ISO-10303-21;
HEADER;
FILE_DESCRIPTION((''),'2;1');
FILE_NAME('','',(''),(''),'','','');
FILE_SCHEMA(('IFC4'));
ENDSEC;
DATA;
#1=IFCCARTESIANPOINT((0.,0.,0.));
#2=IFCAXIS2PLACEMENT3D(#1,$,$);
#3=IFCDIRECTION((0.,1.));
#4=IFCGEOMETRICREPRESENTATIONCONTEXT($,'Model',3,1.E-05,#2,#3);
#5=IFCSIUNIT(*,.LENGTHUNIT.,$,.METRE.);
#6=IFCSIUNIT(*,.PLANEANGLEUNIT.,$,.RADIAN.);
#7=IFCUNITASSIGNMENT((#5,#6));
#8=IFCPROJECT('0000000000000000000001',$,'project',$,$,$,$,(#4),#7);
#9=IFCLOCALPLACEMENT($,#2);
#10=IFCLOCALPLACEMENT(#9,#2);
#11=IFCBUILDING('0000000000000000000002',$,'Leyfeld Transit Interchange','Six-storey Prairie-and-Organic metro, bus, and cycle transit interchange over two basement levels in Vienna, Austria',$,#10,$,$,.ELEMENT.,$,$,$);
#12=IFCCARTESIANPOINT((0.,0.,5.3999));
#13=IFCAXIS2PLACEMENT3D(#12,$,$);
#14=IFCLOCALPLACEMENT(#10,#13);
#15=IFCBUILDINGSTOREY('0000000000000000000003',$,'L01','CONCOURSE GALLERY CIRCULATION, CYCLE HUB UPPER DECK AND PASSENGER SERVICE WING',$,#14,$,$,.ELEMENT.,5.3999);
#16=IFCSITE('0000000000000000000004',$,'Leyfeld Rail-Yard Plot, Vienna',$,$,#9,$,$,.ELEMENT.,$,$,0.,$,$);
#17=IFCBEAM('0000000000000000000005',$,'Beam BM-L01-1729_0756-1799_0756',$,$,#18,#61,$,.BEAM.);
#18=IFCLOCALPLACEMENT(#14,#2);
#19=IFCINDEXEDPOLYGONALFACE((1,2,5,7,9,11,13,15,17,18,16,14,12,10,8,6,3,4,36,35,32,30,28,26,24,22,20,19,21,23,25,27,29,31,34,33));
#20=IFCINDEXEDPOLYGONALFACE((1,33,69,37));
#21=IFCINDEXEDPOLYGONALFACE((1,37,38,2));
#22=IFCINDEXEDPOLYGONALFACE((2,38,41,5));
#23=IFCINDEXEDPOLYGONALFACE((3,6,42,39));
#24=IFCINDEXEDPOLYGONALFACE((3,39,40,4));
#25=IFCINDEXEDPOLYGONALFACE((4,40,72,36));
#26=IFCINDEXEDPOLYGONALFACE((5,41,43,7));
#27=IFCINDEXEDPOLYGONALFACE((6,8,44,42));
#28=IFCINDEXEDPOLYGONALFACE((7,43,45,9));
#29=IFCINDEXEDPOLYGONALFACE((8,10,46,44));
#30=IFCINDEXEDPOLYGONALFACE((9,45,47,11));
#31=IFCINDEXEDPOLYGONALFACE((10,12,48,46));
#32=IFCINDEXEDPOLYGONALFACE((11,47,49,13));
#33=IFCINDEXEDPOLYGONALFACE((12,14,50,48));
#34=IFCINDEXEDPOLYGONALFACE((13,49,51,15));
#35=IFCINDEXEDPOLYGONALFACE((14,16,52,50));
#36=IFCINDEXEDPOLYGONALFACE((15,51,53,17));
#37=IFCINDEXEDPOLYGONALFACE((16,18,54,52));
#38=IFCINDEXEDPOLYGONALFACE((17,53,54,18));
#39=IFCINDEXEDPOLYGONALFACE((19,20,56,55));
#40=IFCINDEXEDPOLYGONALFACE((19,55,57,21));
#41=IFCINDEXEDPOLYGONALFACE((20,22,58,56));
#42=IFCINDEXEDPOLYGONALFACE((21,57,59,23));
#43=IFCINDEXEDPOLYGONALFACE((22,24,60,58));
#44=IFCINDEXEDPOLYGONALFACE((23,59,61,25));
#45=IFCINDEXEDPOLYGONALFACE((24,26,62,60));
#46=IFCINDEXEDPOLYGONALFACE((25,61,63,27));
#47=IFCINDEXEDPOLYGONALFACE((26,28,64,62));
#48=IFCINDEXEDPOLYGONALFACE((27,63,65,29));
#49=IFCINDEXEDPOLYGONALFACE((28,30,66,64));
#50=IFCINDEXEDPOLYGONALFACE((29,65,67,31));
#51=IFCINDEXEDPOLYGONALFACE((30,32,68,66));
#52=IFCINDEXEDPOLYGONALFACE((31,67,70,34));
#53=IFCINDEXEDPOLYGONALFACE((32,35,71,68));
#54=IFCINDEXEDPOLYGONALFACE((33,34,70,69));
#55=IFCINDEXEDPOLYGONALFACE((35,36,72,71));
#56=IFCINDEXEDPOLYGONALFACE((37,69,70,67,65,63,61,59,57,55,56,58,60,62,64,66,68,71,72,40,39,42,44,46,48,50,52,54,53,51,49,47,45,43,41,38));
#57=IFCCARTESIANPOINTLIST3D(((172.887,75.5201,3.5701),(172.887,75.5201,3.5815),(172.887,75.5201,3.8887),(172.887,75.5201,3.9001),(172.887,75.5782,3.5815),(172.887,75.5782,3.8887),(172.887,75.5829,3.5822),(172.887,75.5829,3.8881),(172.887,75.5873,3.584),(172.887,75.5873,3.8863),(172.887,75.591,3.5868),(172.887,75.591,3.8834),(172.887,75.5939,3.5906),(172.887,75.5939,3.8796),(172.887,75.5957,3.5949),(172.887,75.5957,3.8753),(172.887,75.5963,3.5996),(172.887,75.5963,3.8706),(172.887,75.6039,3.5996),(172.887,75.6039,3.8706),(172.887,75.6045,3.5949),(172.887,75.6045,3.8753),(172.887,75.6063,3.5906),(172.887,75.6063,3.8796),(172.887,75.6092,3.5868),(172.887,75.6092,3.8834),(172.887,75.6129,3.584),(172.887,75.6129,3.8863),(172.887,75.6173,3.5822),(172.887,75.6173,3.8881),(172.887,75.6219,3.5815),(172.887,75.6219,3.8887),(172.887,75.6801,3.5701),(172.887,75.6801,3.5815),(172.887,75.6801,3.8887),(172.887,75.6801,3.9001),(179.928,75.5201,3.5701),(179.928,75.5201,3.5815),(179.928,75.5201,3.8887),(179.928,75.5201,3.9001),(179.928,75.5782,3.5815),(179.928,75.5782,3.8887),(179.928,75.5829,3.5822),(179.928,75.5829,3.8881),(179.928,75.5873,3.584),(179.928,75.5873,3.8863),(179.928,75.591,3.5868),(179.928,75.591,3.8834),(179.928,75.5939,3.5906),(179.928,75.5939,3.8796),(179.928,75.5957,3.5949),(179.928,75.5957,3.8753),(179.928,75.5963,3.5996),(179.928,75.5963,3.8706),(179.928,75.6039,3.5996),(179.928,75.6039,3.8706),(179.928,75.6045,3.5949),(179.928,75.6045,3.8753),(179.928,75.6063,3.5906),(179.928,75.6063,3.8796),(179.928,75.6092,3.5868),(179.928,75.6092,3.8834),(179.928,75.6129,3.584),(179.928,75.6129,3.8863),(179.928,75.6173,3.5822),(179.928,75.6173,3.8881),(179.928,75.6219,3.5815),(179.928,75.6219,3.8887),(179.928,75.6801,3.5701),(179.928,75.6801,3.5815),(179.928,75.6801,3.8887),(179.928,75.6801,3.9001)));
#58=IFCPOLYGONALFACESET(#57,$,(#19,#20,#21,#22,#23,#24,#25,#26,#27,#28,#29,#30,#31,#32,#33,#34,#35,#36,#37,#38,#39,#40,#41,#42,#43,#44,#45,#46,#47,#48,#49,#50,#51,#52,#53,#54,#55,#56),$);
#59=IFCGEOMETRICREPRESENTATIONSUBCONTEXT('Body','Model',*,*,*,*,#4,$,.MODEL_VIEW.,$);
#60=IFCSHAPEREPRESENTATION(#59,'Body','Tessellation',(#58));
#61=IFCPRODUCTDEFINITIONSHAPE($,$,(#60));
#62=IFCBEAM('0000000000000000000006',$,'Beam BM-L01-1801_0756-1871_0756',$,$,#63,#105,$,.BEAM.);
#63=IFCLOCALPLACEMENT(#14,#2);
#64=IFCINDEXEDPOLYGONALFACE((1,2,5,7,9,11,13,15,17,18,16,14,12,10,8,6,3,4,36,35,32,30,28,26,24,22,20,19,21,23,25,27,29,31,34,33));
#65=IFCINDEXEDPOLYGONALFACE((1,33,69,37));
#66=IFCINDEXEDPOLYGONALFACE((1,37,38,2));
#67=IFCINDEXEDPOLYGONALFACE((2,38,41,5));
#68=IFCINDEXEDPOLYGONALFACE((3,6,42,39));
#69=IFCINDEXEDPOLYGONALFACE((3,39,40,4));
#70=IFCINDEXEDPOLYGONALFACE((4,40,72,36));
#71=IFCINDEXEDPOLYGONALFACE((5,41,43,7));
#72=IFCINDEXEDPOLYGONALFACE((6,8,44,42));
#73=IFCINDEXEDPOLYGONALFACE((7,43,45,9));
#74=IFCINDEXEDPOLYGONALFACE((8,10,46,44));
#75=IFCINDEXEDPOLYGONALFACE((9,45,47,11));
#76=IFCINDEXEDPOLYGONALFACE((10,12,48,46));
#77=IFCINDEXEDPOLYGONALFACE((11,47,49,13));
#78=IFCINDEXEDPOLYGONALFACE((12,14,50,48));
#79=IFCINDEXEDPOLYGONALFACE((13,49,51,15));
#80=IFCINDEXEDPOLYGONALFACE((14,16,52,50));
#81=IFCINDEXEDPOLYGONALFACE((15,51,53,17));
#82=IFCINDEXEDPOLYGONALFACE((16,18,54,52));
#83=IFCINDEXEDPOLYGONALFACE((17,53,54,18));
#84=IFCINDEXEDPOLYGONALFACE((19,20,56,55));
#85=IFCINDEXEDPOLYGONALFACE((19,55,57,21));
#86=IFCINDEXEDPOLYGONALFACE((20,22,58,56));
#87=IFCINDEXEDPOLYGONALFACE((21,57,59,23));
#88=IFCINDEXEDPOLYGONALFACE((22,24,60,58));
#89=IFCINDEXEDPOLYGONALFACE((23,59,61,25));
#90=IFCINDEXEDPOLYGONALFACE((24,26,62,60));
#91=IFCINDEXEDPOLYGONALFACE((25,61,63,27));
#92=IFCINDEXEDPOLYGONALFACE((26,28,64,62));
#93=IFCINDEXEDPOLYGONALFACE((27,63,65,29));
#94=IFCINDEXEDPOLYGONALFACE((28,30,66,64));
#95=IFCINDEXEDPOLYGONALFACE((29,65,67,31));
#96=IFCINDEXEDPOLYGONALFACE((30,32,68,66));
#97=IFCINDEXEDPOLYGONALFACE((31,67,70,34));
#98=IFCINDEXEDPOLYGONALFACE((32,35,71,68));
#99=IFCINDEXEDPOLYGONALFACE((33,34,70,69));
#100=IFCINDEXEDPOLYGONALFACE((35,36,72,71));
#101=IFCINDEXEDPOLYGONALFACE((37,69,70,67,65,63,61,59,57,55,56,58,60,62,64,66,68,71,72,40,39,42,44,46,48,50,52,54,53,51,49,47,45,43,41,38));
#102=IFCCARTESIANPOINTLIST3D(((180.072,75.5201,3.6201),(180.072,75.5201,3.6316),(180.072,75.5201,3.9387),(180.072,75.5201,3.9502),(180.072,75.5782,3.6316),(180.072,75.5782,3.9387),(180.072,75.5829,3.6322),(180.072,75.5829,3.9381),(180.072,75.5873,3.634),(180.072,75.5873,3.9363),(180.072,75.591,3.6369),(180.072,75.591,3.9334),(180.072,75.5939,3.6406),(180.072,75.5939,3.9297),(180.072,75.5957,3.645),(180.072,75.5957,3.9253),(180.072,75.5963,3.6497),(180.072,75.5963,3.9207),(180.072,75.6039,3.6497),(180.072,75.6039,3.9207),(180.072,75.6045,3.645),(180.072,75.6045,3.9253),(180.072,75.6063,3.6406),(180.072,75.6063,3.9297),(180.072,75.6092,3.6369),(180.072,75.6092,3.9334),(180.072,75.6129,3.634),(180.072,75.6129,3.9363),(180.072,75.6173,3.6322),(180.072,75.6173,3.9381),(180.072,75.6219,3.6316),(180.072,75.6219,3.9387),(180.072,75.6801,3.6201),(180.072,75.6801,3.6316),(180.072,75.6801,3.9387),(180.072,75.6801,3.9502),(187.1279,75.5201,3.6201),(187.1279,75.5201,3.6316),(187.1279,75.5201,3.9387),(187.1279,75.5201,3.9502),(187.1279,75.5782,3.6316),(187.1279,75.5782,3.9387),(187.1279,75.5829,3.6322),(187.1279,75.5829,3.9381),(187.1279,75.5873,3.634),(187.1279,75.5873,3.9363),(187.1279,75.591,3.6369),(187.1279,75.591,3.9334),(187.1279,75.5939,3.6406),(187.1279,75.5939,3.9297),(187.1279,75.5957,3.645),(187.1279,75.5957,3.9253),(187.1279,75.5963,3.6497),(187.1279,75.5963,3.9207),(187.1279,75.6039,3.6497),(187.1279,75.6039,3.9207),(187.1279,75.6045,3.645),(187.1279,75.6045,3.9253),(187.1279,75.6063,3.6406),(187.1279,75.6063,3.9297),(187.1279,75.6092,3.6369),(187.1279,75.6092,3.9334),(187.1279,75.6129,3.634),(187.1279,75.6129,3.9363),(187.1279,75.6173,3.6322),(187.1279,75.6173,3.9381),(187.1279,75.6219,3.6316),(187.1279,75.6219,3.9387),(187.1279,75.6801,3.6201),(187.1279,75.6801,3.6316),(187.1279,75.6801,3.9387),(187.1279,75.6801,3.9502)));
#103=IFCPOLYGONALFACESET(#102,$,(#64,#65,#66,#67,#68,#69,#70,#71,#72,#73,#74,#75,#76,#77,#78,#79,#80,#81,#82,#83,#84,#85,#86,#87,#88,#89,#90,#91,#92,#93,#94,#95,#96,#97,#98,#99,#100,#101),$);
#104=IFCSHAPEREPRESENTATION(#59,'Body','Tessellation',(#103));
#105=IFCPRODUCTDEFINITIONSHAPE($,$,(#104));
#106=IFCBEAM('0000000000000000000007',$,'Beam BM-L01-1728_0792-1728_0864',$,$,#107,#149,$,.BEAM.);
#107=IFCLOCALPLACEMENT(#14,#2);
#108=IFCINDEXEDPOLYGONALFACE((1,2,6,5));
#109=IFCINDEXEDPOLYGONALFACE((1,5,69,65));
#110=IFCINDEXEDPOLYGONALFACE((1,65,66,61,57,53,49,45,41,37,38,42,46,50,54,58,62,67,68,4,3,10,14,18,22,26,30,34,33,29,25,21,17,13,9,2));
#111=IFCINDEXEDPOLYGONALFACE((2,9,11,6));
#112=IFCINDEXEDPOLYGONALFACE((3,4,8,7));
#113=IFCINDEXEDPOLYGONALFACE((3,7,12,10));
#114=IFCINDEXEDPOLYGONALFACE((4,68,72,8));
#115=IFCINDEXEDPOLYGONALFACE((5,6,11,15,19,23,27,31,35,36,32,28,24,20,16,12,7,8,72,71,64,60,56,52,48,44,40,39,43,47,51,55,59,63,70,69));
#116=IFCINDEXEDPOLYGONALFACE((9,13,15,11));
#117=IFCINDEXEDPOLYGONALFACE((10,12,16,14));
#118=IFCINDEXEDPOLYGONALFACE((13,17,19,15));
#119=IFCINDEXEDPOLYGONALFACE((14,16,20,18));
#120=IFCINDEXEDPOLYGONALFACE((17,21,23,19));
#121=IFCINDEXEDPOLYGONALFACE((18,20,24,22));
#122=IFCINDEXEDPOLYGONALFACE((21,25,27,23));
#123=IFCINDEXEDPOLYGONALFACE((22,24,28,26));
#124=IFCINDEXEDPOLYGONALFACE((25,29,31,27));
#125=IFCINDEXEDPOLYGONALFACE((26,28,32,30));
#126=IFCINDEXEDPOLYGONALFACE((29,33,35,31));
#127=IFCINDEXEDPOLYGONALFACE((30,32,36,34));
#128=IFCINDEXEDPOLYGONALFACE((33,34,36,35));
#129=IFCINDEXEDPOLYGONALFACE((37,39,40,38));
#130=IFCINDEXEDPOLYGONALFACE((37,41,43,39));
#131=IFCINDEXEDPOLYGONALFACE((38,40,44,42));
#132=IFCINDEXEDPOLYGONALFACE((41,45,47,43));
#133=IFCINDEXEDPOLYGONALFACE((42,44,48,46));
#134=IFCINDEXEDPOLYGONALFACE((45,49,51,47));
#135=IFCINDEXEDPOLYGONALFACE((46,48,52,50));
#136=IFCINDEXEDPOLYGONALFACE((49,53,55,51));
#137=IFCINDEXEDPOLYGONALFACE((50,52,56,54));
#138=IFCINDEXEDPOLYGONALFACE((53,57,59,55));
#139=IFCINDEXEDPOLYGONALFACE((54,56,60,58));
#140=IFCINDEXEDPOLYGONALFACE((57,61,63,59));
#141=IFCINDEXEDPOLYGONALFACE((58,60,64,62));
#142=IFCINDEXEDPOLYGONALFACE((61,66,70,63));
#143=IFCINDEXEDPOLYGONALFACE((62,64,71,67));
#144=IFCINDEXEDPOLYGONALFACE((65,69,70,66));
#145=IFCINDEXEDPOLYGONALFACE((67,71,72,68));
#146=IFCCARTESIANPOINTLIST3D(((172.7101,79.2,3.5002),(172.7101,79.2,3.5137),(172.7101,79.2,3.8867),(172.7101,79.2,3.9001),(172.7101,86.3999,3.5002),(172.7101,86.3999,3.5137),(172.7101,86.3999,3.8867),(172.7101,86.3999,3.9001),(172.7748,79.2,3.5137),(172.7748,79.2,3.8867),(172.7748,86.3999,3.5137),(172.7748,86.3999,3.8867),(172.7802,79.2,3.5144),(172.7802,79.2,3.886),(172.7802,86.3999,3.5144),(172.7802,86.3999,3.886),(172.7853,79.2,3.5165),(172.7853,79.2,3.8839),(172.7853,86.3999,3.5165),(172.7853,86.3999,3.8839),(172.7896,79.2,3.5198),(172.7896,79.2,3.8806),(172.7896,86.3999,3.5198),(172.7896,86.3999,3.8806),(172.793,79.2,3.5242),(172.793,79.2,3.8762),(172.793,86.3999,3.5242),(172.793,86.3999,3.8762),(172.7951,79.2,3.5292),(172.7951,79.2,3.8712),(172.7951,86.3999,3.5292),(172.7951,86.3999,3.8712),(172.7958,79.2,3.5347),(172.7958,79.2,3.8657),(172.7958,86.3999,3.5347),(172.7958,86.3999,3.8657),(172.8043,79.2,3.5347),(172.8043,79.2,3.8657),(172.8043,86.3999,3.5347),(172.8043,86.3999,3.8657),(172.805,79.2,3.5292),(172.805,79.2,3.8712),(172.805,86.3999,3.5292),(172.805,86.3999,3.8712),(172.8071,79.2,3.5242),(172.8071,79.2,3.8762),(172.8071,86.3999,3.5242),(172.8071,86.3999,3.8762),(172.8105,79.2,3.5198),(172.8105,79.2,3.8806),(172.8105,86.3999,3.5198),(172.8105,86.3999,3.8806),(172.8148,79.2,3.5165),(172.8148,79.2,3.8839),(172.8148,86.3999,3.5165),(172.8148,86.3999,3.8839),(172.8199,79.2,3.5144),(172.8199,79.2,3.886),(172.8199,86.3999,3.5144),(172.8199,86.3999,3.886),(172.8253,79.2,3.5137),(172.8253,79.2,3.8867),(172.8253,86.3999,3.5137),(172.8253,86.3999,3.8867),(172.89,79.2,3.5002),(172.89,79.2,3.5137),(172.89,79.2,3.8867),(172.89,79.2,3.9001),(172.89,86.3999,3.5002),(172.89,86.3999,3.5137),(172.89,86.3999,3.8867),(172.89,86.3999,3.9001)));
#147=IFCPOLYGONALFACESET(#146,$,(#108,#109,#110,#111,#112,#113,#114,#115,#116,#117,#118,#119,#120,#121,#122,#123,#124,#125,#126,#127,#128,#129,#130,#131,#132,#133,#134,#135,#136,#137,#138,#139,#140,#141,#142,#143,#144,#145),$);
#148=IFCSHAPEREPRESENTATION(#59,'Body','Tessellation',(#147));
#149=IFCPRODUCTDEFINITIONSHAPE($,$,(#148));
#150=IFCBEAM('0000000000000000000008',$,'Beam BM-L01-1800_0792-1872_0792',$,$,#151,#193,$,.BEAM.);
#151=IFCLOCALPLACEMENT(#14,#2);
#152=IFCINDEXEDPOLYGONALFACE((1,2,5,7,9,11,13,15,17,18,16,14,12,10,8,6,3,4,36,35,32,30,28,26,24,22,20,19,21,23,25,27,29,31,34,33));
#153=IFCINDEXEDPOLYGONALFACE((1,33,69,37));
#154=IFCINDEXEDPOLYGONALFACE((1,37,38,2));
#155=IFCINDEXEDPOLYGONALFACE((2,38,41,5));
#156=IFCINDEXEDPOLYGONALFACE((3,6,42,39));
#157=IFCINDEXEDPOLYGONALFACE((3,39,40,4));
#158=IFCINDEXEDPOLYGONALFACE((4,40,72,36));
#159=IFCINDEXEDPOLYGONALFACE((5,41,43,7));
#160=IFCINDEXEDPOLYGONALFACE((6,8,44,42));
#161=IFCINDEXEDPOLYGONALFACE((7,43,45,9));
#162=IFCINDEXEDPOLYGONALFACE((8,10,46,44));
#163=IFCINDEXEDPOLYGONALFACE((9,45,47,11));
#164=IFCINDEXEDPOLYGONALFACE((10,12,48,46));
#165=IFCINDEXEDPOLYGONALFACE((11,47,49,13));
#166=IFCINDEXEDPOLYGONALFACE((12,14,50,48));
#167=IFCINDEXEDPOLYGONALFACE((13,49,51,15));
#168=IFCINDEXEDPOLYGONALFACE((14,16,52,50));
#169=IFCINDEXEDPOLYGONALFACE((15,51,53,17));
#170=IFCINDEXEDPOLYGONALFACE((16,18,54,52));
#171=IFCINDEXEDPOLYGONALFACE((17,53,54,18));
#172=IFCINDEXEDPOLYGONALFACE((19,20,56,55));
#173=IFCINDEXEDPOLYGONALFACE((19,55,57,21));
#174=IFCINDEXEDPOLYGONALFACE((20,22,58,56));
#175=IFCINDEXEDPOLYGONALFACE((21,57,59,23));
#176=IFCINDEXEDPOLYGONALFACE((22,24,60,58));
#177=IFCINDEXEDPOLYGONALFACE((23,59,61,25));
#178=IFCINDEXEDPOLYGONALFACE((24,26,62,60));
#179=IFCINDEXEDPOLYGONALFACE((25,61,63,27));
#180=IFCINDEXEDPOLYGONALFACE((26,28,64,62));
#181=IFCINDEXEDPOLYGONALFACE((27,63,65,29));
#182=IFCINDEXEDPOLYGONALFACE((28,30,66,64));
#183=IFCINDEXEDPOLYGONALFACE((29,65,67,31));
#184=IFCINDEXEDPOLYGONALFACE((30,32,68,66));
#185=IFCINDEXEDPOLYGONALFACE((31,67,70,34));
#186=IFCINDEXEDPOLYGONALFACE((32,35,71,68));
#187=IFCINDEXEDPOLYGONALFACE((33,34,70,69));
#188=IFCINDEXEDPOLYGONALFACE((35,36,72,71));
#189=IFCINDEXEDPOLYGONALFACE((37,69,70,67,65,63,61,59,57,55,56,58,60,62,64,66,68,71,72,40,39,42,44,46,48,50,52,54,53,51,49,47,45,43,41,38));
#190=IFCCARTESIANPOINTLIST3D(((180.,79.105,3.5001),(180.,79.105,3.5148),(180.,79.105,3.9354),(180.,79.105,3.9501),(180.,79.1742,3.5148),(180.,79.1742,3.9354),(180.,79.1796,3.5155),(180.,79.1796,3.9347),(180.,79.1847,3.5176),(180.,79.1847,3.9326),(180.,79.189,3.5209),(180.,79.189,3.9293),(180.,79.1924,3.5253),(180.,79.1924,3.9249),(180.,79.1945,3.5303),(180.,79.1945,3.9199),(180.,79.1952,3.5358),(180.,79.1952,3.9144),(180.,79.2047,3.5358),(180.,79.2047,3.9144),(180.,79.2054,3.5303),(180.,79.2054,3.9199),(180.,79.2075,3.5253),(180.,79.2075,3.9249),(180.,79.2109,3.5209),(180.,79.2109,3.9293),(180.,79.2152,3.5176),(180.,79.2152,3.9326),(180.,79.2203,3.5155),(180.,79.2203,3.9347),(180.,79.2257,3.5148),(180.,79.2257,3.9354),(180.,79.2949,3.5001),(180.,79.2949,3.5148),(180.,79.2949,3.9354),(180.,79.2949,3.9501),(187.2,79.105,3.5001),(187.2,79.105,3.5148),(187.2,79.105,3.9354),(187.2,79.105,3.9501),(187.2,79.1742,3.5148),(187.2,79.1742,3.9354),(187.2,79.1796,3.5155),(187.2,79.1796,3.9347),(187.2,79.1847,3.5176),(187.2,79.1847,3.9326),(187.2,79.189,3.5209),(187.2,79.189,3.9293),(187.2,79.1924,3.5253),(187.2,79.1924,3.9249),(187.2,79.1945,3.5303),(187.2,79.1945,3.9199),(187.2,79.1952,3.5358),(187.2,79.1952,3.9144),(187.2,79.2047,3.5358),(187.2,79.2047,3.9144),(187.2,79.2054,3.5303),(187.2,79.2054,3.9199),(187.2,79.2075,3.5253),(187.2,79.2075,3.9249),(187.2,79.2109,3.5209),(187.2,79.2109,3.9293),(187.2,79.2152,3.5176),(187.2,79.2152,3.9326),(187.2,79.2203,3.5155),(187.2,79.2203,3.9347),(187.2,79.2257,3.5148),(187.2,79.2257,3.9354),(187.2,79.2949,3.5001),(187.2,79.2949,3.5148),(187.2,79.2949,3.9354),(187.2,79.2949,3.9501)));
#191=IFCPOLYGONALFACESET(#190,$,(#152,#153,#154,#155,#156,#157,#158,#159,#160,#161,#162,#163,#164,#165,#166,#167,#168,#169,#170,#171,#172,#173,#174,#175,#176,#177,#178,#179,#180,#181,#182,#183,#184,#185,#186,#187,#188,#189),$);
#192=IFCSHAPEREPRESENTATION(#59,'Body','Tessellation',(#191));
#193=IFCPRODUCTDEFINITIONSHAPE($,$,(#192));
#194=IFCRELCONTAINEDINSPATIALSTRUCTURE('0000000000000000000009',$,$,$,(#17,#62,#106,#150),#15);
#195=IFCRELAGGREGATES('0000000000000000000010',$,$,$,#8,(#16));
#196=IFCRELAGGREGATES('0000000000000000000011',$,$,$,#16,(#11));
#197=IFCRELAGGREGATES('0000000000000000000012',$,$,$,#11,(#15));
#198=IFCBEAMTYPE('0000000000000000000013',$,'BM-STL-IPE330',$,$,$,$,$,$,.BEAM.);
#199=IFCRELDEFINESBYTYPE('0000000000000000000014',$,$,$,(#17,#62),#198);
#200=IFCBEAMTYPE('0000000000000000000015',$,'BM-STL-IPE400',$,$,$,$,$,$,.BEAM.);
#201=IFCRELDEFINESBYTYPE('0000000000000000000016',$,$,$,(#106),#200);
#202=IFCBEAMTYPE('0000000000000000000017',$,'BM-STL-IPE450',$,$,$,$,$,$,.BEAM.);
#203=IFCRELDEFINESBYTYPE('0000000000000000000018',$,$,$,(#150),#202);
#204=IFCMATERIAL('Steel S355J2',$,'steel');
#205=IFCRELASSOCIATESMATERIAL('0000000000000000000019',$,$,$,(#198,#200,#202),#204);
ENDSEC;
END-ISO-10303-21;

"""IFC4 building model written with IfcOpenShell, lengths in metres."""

from ifc_helpers import new_model, si_unit, direction, frame, origin, origin_2d, place, context, subcontext, project, spatial, i_section, extrude, material, material_profile, profile_set, type_object, element, save


model = new_model("IFC4")

# Units and contexts
model_context = context("Model", 3, precision=1e-05, world=origin(), true_north=direction((0.0, 1.0)))
body_context = subcontext(model_context, "Body", "Model", "MODEL_VIEW")
ifc_project = project(units=[si_unit("LENGTHUNIT", "METRE"), si_unit("PLANEANGLEUNIT", "RADIAN")], contexts=[model_context])

# Site, building, storey
site_placement = place(None, origin())
site = spatial("IfcSite", under=ifc_project, at=site_placement, Name="Leyfeld Rail-Yard Plot, Vienna", CompositionType="ELEMENT", RefElevation=0.0)
building_placement = place(site_placement, origin())
building = spatial("IfcBuilding", under=site, at=building_placement, Name="Leyfeld Transit Interchange", Description="Six-storey Prairie-and-Organic metro, bus, and cycle transit interchange over two basement levels in Vienna, Austria", CompositionType="ELEMENT")
storey_placement = place(building_placement, frame((0.0, 0.0, 5.3999)))
storey = spatial("IfcBuildingStorey", under=building, at=storey_placement, Name="L01", Description="CONCOURSE GALLERY CIRCULATION, CYCLE HUB UPPER DECK AND PASSENGER SERVICE WING", CompositionType="ELEMENT", Elevation=5.3999)

# Beams
ifc_material_1 = material(Name="Steel S355J2", Category="steel")
ifc_material_profile_1 = material_profile(ifc_material_1, i_section(OverallWidth=0.1599, OverallDepth=0.3301, WebThickness=0.0076, FlangeThickness=0.0115, FilletRadius=0.0181, at=origin_2d()), Name="IPE 330")
ifc_profile_set_1 = profile_set([ifc_material_profile_1], Name="Steel S355J2")
beam_type_1 = type_object("IfcBeamType", Name="BM-STL-IPE330", PredefinedType="BEAM", material=ifc_profile_set_1)
beam_1_placement = place(storey_placement, frame((172.887, 75.6001, 3.7351), z_axis=(1.0, 0.0, 0.0), x_axis=(0.0, 1.0, 0.0)))
element("IfcBeam", 1, at=beam_1_placement, inside=storey, type_object=beam_type_1, Name="Beam BM-L01-1729_0756-1799_0756", PredefinedType="BEAM", context=body_context, shape_type="SweptSolid", body=[
    extrude(i_section(OverallWidth=0.1599, OverallDepth=0.3301, WebThickness=0.0076, FlangeThickness=0.0115, FilletRadius=0.0181, at=origin_2d()), origin(), (0.0, 0.0, 1.0), 7.041),
])
beam_2_placement = place(storey_placement, frame((180.072, 75.6001, 3.7852), z_axis=(1.0, 0.0, 0.0), x_axis=(0.0, 1.0, 0.0)))
element("IfcBeam", 2, at=beam_2_placement, inside=storey, type_object=beam_type_1, Name="Beam BM-L01-1801_0756-1871_0756", PredefinedType="BEAM", context=body_context, shape_type="SweptSolid", body=[
    extrude(i_section(OverallWidth=0.1599, OverallDepth=0.3301, WebThickness=0.0076, FlangeThickness=0.0115, FilletRadius=0.0181, at=origin_2d()), origin(), (0.0, 0.0, 1.0), 7.0559),
])
ifc_material_profile_2 = material_profile(ifc_material_1, i_section(OverallWidth=0.1799, OverallDepth=0.3999, WebThickness=0.0085, FlangeThickness=0.0134, FilletRadius=0.021, at=origin_2d()), Name="IPE 400")
ifc_profile_set_2 = profile_set([ifc_material_profile_2], Name="Steel S355J2")
beam_type_2 = type_object("IfcBeamType", Name="BM-STL-IPE400", PredefinedType="BEAM", material=ifc_profile_set_2)
beam_3_placement = place(storey_placement, frame((172.8, 79.2, 3.7002), z_axis=(0.0, 1.0, 0.0), x_axis=(-1.0, 0.0, 0.0)))
element("IfcBeam", 3, at=beam_3_placement, inside=storey, type_object=beam_type_2, Name="Beam BM-L01-1728_0792-1728_0864", PredefinedType="BEAM", context=body_context, shape_type="SweptSolid", body=[
    extrude(i_section(OverallWidth=0.1799, OverallDepth=0.3999, WebThickness=0.0085, FlangeThickness=0.0134, FilletRadius=0.021, at=origin_2d()), origin(), (0.0, 0.0, 1.0), 7.2),
])
ifc_material_profile_3 = material_profile(ifc_material_1, i_section(OverallWidth=0.1899, OverallDepth=0.45, WebThickness=0.0095, FlangeThickness=0.0146, FilletRadius=0.021, at=origin_2d()), Name="IPE 450")
ifc_profile_set_3 = profile_set([ifc_material_profile_3], Name="Steel S355J2")
beam_type_3 = type_object("IfcBeamType", Name="BM-STL-IPE450", PredefinedType="BEAM", material=ifc_profile_set_3)
beam_4_placement = place(storey_placement, frame((180.0, 79.2, 3.7251), z_axis=(1.0, 0.0, 0.0), x_axis=(0.0, 1.0, 0.0)))
element("IfcBeam", 4, at=beam_4_placement, inside=storey, type_object=beam_type_3, Name="Beam BM-L01-1800_0792-1872_0792", PredefinedType="BEAM", context=body_context, shape_type="SweptSolid", body=[
    extrude(i_section(OverallWidth=0.1899, OverallDepth=0.45, WebThickness=0.0095, FlangeThickness=0.0146, FilletRadius=0.021, at=origin_2d()), origin(), (0.0, 0.0, 1.0), 7.2),
])

save(model, "model.ifc")
